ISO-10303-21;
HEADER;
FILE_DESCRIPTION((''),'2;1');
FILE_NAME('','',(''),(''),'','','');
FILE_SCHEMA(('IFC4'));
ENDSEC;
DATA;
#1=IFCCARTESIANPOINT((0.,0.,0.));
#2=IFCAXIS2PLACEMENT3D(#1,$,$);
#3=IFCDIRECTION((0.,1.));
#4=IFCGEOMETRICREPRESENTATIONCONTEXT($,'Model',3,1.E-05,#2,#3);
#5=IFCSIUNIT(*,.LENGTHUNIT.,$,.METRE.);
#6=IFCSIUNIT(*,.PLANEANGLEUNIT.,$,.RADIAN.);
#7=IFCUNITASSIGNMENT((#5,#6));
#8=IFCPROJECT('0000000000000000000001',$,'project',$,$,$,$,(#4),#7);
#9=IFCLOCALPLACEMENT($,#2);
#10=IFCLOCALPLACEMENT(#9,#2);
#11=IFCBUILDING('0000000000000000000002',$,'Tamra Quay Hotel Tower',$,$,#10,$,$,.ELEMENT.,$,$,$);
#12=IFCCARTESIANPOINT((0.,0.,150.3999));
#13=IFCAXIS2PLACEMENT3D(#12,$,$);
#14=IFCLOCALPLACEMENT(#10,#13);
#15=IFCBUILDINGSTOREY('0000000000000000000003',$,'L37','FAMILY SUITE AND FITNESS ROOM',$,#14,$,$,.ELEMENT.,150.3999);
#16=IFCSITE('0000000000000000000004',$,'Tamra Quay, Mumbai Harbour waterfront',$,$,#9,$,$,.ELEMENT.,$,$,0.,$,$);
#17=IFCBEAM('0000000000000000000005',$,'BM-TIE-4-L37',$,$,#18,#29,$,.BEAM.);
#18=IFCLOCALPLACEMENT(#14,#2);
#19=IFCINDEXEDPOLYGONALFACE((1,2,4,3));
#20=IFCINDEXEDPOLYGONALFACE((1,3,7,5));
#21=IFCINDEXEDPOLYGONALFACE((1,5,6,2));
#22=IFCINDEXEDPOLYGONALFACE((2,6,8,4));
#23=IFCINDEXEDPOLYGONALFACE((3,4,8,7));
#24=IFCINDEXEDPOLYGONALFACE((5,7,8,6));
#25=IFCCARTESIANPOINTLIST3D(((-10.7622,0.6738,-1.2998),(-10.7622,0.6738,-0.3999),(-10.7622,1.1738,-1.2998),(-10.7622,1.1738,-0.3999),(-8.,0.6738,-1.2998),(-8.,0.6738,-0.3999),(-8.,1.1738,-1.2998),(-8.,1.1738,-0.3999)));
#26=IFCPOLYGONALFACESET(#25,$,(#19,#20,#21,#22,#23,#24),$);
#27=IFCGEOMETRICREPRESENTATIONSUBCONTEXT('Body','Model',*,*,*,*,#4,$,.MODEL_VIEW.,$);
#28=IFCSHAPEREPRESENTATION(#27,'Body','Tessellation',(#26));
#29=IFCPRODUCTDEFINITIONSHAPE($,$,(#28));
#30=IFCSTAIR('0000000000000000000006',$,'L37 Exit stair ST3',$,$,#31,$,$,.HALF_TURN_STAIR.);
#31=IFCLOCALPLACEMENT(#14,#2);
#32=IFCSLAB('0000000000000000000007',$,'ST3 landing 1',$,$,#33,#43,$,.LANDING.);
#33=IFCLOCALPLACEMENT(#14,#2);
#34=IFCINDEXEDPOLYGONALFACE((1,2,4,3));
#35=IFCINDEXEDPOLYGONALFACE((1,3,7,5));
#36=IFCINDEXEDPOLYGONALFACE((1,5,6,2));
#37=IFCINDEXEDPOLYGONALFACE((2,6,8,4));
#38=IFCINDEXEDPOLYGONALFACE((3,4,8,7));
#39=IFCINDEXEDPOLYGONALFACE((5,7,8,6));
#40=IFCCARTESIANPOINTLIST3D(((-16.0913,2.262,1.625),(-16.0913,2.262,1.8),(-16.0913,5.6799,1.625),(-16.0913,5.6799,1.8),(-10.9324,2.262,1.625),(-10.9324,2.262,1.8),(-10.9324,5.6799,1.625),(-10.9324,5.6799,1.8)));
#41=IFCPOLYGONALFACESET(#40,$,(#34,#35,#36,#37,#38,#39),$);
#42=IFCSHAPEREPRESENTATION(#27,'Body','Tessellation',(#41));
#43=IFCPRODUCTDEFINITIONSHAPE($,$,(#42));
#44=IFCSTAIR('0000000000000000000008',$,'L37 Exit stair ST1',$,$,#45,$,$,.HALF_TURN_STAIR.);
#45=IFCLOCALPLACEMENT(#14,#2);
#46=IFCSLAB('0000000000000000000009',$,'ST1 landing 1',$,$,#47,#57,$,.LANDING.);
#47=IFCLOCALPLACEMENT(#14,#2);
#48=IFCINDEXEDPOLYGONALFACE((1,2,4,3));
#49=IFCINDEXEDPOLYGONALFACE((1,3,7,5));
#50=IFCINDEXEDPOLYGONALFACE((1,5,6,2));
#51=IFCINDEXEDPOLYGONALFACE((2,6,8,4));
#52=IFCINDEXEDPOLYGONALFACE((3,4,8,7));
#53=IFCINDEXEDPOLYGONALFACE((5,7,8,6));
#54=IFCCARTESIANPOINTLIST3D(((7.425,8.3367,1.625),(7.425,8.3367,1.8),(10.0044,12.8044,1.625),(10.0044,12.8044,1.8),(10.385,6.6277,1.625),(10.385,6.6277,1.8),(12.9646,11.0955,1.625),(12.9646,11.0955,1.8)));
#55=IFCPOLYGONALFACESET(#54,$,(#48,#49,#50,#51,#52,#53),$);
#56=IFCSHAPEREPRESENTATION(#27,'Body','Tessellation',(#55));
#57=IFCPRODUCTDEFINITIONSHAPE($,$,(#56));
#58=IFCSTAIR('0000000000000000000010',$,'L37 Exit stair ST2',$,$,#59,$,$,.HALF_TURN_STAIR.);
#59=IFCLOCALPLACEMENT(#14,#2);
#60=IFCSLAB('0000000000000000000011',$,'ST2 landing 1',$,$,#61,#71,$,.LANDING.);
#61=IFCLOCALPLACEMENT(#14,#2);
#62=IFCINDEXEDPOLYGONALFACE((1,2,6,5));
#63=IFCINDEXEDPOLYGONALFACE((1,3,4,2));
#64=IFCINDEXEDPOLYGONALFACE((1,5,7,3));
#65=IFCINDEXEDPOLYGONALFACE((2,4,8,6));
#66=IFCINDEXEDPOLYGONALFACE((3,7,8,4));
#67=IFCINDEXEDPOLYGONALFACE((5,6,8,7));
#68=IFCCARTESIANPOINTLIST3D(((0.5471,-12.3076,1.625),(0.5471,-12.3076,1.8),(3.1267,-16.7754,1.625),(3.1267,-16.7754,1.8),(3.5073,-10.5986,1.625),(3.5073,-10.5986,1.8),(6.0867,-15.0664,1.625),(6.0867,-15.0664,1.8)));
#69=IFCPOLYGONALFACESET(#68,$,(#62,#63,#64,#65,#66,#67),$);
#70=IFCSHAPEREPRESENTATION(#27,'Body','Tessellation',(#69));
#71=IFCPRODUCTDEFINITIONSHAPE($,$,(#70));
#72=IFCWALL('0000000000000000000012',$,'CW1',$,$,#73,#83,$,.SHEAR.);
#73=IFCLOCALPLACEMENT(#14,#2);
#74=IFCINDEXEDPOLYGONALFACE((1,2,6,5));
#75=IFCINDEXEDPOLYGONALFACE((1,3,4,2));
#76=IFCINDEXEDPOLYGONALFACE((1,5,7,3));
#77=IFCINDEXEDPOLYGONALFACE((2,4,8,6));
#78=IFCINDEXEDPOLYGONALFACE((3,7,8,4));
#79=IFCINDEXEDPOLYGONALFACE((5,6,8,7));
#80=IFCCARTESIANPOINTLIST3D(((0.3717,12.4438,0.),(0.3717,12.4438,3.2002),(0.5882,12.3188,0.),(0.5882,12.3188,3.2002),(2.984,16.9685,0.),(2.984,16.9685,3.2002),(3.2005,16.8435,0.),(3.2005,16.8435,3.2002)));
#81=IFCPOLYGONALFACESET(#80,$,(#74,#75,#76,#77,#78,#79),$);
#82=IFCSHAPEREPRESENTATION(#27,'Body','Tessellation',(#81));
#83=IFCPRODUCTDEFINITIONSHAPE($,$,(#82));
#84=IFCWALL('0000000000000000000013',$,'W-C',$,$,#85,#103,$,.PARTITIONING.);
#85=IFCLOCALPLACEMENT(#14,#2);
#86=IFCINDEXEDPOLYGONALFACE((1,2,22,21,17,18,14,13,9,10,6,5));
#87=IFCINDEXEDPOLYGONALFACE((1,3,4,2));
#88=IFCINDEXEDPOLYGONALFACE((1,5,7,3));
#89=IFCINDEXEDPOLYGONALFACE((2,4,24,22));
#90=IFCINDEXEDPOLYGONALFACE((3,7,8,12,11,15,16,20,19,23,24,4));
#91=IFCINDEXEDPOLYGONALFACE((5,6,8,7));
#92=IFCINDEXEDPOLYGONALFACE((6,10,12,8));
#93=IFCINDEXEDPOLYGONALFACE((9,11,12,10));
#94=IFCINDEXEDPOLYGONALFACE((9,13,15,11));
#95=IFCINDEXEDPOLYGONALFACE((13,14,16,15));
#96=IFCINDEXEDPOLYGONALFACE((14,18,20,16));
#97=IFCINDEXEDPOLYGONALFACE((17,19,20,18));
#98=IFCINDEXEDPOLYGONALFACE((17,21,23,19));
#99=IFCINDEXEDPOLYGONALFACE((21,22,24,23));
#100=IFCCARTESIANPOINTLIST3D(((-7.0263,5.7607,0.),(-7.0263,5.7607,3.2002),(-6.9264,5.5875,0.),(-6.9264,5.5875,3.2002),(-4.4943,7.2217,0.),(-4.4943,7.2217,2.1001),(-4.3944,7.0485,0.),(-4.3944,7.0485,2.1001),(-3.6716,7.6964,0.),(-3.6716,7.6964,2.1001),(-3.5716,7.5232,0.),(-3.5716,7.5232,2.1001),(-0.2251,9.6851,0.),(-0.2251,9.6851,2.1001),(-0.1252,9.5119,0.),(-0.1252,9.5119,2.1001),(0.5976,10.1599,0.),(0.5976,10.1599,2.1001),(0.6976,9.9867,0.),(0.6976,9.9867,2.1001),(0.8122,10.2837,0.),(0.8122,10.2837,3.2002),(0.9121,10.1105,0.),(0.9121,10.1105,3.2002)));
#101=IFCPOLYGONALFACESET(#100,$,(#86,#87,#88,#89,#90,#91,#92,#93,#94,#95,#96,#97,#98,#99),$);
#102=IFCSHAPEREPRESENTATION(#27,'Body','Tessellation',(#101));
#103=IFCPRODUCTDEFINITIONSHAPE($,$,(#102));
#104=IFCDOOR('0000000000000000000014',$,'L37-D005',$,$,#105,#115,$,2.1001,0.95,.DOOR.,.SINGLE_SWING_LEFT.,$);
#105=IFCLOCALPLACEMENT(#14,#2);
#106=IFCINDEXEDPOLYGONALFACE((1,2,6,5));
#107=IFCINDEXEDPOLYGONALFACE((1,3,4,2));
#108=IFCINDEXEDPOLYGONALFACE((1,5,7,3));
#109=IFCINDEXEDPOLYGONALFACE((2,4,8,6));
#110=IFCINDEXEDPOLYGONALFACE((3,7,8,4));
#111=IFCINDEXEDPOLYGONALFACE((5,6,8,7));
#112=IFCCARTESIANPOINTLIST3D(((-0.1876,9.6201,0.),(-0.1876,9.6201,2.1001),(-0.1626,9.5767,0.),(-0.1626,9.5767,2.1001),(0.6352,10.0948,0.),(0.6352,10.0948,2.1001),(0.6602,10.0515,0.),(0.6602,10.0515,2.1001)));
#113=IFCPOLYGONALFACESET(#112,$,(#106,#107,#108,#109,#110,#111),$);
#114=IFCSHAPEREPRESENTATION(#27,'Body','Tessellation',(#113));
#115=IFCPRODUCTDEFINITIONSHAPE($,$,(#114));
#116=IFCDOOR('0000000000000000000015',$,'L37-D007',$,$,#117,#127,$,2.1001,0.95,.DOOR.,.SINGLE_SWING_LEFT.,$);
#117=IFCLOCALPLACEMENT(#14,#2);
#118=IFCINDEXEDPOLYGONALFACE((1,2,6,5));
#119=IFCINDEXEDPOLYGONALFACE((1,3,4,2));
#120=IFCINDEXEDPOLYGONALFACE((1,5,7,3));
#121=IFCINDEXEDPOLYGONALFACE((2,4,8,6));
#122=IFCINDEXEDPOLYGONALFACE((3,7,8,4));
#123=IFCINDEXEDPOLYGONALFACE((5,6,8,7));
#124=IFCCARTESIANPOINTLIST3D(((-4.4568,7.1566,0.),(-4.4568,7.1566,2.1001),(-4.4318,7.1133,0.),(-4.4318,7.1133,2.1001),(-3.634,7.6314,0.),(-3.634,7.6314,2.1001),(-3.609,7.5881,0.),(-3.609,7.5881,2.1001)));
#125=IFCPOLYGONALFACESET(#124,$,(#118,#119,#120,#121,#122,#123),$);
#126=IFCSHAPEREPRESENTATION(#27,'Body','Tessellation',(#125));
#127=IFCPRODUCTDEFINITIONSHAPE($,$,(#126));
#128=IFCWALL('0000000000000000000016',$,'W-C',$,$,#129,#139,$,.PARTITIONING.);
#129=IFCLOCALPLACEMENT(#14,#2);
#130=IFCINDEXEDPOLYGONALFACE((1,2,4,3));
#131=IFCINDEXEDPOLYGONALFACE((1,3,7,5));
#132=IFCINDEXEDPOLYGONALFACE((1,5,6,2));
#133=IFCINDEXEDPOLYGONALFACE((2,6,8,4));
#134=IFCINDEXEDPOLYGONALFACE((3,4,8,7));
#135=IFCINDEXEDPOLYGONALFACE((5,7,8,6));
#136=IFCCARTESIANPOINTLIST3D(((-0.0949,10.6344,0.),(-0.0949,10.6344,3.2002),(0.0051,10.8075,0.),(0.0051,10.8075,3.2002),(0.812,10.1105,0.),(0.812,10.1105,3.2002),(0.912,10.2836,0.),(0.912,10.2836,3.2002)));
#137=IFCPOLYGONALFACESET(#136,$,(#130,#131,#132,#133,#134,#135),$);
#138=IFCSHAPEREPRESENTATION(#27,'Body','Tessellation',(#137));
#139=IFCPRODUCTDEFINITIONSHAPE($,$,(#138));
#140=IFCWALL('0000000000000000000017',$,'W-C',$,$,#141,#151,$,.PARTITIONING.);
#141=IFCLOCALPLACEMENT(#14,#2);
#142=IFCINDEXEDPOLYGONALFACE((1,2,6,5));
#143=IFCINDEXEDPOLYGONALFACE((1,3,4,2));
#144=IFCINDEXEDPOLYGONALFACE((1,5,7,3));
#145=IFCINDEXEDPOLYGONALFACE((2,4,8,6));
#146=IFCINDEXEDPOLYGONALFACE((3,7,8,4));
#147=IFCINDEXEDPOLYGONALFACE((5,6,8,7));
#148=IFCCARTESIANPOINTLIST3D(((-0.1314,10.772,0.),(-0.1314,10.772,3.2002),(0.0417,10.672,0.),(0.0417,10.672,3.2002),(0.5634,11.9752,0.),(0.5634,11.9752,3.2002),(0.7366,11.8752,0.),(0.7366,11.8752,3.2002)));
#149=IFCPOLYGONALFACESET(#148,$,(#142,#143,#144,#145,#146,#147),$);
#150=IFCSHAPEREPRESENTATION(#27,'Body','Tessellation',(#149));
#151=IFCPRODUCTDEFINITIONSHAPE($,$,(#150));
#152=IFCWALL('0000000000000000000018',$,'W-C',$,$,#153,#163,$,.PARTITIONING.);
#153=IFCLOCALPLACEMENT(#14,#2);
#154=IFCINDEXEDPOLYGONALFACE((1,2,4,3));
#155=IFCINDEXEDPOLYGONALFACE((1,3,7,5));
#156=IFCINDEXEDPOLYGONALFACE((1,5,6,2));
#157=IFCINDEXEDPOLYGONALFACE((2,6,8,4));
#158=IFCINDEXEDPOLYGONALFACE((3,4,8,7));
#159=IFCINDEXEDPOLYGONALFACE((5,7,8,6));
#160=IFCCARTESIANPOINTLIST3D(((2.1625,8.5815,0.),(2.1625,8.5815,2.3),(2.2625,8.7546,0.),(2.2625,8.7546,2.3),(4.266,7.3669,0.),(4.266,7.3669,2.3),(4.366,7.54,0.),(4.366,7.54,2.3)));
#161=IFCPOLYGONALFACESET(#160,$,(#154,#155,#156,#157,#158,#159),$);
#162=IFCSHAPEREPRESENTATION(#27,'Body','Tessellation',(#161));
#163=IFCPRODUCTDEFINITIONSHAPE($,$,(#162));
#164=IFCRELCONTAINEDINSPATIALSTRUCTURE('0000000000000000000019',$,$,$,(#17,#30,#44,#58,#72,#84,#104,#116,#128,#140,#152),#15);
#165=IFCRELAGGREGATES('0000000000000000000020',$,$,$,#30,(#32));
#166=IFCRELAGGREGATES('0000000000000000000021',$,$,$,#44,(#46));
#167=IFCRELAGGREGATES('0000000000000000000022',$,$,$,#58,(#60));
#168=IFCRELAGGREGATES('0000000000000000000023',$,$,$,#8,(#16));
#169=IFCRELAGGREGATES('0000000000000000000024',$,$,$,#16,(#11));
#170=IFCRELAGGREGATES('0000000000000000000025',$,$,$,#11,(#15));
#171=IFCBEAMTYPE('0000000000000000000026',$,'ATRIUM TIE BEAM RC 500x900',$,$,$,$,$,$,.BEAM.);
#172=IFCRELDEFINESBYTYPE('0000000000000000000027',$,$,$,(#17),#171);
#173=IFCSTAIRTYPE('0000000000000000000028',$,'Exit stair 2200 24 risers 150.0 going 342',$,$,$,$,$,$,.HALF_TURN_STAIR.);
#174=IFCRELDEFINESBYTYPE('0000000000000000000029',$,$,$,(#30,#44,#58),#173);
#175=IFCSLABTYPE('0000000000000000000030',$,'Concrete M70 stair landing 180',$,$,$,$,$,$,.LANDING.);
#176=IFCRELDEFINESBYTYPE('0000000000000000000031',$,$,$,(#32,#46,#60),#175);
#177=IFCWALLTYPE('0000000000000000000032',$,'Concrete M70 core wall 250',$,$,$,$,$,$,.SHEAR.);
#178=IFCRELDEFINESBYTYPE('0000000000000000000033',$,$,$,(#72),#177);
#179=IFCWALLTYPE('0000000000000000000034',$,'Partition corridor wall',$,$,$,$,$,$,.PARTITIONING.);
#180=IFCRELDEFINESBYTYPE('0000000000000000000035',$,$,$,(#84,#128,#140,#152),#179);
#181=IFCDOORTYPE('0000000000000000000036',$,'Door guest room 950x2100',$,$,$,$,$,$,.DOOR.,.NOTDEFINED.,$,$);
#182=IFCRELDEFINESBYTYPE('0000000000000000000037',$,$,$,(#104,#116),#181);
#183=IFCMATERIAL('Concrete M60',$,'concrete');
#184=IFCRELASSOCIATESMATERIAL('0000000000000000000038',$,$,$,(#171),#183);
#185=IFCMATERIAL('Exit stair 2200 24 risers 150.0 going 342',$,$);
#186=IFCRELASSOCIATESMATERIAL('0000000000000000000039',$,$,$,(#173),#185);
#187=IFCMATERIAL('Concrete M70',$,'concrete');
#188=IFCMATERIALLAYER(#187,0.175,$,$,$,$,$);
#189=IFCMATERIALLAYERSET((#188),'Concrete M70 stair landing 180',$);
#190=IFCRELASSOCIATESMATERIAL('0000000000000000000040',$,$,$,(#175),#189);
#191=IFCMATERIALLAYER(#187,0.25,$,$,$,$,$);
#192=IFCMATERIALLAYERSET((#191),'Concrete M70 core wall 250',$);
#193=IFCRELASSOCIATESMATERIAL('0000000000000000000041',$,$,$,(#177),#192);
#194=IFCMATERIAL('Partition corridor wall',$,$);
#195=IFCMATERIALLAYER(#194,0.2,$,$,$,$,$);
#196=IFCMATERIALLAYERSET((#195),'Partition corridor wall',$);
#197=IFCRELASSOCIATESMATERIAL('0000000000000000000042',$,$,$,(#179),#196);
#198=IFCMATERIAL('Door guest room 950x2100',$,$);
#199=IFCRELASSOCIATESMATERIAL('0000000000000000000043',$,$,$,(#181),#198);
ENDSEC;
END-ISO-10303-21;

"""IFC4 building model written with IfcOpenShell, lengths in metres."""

from ifc_helpers import new_model, si_unit, direction, frame, frame_2d, origin, origin_2d, place, context, subcontext, project, spatial, polyline, rectangle, outline, extrude, material, layer, layer_set, material_profile, profile_set, type_object, element, fill, aggregate, save


model = new_model("IFC4")

# Units and contexts
model_context = context("Model", 3, precision=1e-05, world=origin(), true_north=direction((0.0, 1.0)))
body_context = subcontext(model_context, "Body", "Model", "MODEL_VIEW")
ifc_project = project(units=[si_unit("LENGTHUNIT", "METRE"), si_unit("PLANEANGLEUNIT", "RADIAN")], contexts=[model_context])

# Site, building, storey
site_placement = place(None, origin())
site = spatial("IfcSite", under=ifc_project, at=site_placement, Name="Tamra Quay, Mumbai Harbour waterfront", CompositionType="ELEMENT", RefElevation=0.0)
building_placement = place(site_placement, origin())
building = spatial("IfcBuilding", under=site, at=building_placement, Name="Tamra Quay Hotel Tower", CompositionType="ELEMENT")
storey_placement = place(building_placement, frame((0.0, 0.0, 150.3999)))
storey = spatial("IfcBuildingStorey", under=building, at=storey_placement, Name="L37", Description="FAMILY SUITE AND FITNESS ROOM", CompositionType="ELEMENT", Elevation=150.3999)

# Beam
ifc_material_1 = material(Name="Concrete M60", Category="concrete")
ifc_material_profile = material_profile(ifc_material_1, rectangle(XDim=0.5, YDim=0.8999, at=origin_2d()), Name="ATRIUM TIE BEAM RC 500x900")
ifc_profile_set = profile_set([ifc_material_profile], Name="Concrete M60")
beam_type = type_object("IfcBeamType", Name="ATRIUM TIE BEAM RC 500x900", PredefinedType="BEAM", material=ifc_profile_set)
beam_placement = place(storey_placement, frame((-8.0, 0.9238, -0.8499), z_axis=(-1.0, 0.0, 0.0), x_axis=(0.0, -1.0, 0.0)))
element("IfcBeam", 1, at=beam_placement, inside=storey, type_object=beam_type, Name="BM-TIE-4-L37", PredefinedType="BEAM", context=body_context, shape_type="SweptSolid", body=[
    extrude(rectangle(XDim=0.5, YDim=0.8999, at=origin_2d()), origin(), (0.0, 0.0, 1.0), 2.7622),
])

# Stairs, slabs
ifc_material_2 = material(Name="Exit stair 2200 24 risers 150.0 going 342")
stair_type = type_object("IfcStairType", Name="Exit stair 2200 24 risers 150.0 going 342", PredefinedType="HALF_TURN_STAIR", material=ifc_material_2)
stair_1_placement = place(storey_placement, origin())
stair_1 = element("IfcStair", 2, at=stair_1_placement, inside=storey, type_object=stair_type, Name="L37 Exit stair ST3", PredefinedType="HALF_TURN_STAIR")
ifc_material_3 = material(Name="Concrete M70", Category="concrete")
ifc_layer_1 = layer(ifc_material_3, 0.175)
ifc_layer_set_1 = layer_set([ifc_layer_1], Name="Concrete M70 stair landing 180")
slab_type = type_object("IfcSlabType", Name="Concrete M70 stair landing 180", PredefinedType="LANDING", material=ifc_layer_set_1)
slab_1_placement = place(storey_placement, frame((0.0, 0.0, 1.625)))
slab_1 = element("IfcSlab", 3, at=slab_1_placement, type_object=slab_type, Name="ST3 landing 1", PredefinedType="LANDING", context=body_context, shape_type="SweptSolid", body=[
    extrude(outline(polyline([(-10.9324, 2.262), (-10.9324, 5.6799), (-16.0913, 5.6799), (-16.0913, 2.262), (-10.9324, 2.262)])), origin(), (0.0, 0.0, 1.0), 0.175),
])
aggregate(stair_1, [slab_1])
stair_2_placement = place(storey_placement, origin())
stair_2 = element("IfcStair", 4, at=stair_2_placement, inside=storey, type_object=stair_type, Name="L37 Exit stair ST1", PredefinedType="HALF_TURN_STAIR")
slab_2_placement = place(storey_placement, frame((0.0, 0.0, 1.625)))
slab_2 = element("IfcSlab", 5, at=slab_2_placement, type_object=slab_type, Name="ST1 landing 1", PredefinedType="LANDING", context=body_context, shape_type="SweptSolid", body=[
    extrude(outline(polyline([(7.425, 8.3367), (10.385, 6.6277), (12.9646, 11.0955), (10.0044, 12.8044), (7.425, 8.3367)])), origin(), (0.0, 0.0, 1.0), 0.175),
])
aggregate(stair_2, [slab_2])
stair_3_placement = place(storey_placement, origin())
stair_3 = element("IfcStair", 6, at=stair_3_placement, inside=storey, type_object=stair_type, Name="L37 Exit stair ST2", PredefinedType="HALF_TURN_STAIR")
slab_3_placement = place(storey_placement, frame((0.0, 0.0, 1.625)))
slab_3 = element("IfcSlab", 7, at=slab_3_placement, type_object=slab_type, Name="ST2 landing 1", PredefinedType="LANDING", context=body_context, shape_type="SweptSolid", body=[
    extrude(outline(polyline([(3.5073, -10.5986), (0.5471, -12.3076), (3.1267, -16.7754), (6.0867, -15.0664), (3.5073, -10.5986)])), origin(), (0.0, 0.0, 1.0), 0.175),
])
aggregate(stair_3, [slab_3])

# Wall
ifc_layer_2 = layer(ifc_material_3, 0.25)
ifc_layer_set_2 = layer_set([ifc_layer_2], Name="Concrete M70 core wall 250")
wall_type_1 = type_object("IfcWallType", Name="Concrete M70 core wall 250", PredefinedType="SHEAR", material=ifc_layer_set_2)
wall_1_placement = place(storey_placement, frame((0.48, 12.3813, 0.0), z_axis=(0.0, 0.0, 1.0), x_axis=(0.499999, 0.866026, 0.0)))
element("IfcWall", 8, at=wall_1_placement, inside=storey, type_object=wall_type_1, Name="CW1", PredefinedType="SHEAR", context=body_context, shape_type="SweptSolid", body=[
    extrude(rectangle(XDim=5.2246, YDim=0.25, at=frame_2d((2.6123, 0.0))), origin(), (0.0, 0.0, 1.0), 3.2002),
])

# Wall, openings, doors
ifc_material_4 = material(Name="Partition corridor wall")
ifc_layer_3 = layer(ifc_material_4, 0.2)
ifc_layer_set_3 = layer_set([ifc_layer_3], Name="Partition corridor wall")
wall_type_2 = type_object("IfcWallType", Name="Partition corridor wall", PredefinedType="PARTITIONING", material=ifc_layer_set_3)
wall_2_placement = place(storey_placement, frame((-6.9763, 5.6741, 0.0), z_axis=(0.0, 0.0, 1.0), x_axis=(0.866147, 0.499789, 0.0)))
wall_2 = element("IfcWall", 9, at=wall_2_placement, inside=storey, type_object=wall_type_2, Name="W-C", PredefinedType="PARTITIONING", context=body_context, shape_type="SweptSolid", body=[
    extrude(rectangle(XDim=9.0498, YDim=0.2, at=frame_2d((4.5249, 0.0))), origin(), (0.0, 0.0, 1.0), 3.2002),
])
opening_1_placement = place(wall_2_placement, frame((7.8521, 0.0, 0.0)))
opening_1 = element("IfcOpeningElement", 10, at=opening_1_placement, cuts=wall_2, PredefinedType="OPENING", context=body_context, shape_type="SweptSolid", body=[
    extrude(rectangle(XDim=0.95, YDim=2.1001, at=frame_2d((0.4751, 1.05))), frame((0.0, 0.1099, 0.0), z_axis=(0.0, -1.0, 0.0), x_axis=(1.0, 0.0, 0.0)), (0.0, 0.0, 1.0), 0.22),
])
opening_2_placement = place(wall_2_placement, frame((2.9231, 0.0, 0.0)))
opening_2 = element("IfcOpeningElement", 11, at=opening_2_placement, cuts=wall_2, PredefinedType="OPENING", context=body_context, shape_type="SweptSolid", body=[
    extrude(rectangle(XDim=0.95, YDim=2.1001, at=frame_2d((0.4751, 1.05))), frame((0.0, 0.1099, 0.0), z_axis=(0.0, -1.0, 0.0), x_axis=(1.0, 0.0, 0.0)), (0.0, 0.0, 1.0), 0.22),
])
ifc_material_5 = material(Name="Door guest room 950x2100")
door_type_1 = type_object("IfcDoorType", Name="Door guest room 950x2100", OperationType="NOTDEFINED", PredefinedType="DOOR", material=ifc_material_5)
door_1_placement = place(opening_1_placement, origin())
door_1 = element("IfcDoor", 12, at=door_1_placement, inside=storey, type_object=door_type_1, Name="L37-D005", OperationType="SINGLE_SWING_LEFT", OverallHeight=2.1001, OverallWidth=0.95, PredefinedType="DOOR", context=body_context, shape_type="SweptSolid", body=[
    extrude(rectangle(XDim=0.95, YDim=2.1001, at=frame_2d((0.4751, 1.05))), frame((0.0, 0.0249, 0.0), z_axis=(0.0, -1.0, 0.0), x_axis=(1.0, 0.0, 0.0)), (0.0, 0.0, 1.0), 0.05),
])
fill(opening_1, door_1)
door_2_placement = place(opening_2_placement, origin())
door_2 = element("IfcDoor", 13, at=door_2_placement, inside=storey, type_object=door_type_1, Name="L37-D007", OperationType="SINGLE_SWING_LEFT", OverallHeight=2.1001, OverallWidth=0.95, PredefinedType="DOOR", context=body_context, shape_type="SweptSolid", body=[
    extrude(rectangle(XDim=0.95, YDim=2.1001, at=frame_2d((0.4751, 1.05))), frame((0.0, 0.0249, 0.0), z_axis=(0.0, -1.0, 0.0), x_axis=(1.0, 0.0, 0.0)), (0.0, 0.0, 1.0), 0.05),
])
fill(opening_2, door_2)

# Walls
wall_3_placement = place(storey_placement, frame((-0.0449, 10.7209, 0.0), z_axis=(0.0, 0.0, 1.0), x_axis=(0.86591, -0.5002, 0.0)))
element("IfcWall", 14, at=wall_3_placement, inside=storey, type_object=wall_type_2, Name="W-C", PredefinedType="PARTITIONING", context=body_context, shape_type="SweptSolid", body=[
    extrude(rectangle(XDim=1.0474, YDim=0.2, at=frame_2d((0.5237, 0.0))), origin(), (0.0, 0.0, 1.0), 3.2002),
])
wall_4_placement = place(storey_placement, frame((-0.0449, 10.7219, 0.0), z_axis=(0.0, 0.0, 1.0), x_axis=(0.500108, 0.865963, 0.0)))
element("IfcWall", 15, at=wall_4_placement, inside=storey, type_object=wall_type_2, Name="W-C", PredefinedType="PARTITIONING", context=body_context, shape_type="SweptSolid", body=[
    extrude(rectangle(XDim=1.3894, YDim=0.2, at=frame_2d((0.6948, 0.0))), origin(), (0.0, 0.0, 1.0), 3.2002),
])
wall_5_placement = place(storey_placement, frame((2.2126, 8.668, 0.0), z_axis=(0.0, 0.0, 1.0), x_axis=(0.866001, -0.500041, 0.0)))
element("IfcWall", 16, at=wall_5_placement, inside=storey, type_object=wall_type_2, Name="W-C", PredefinedType="PARTITIONING", context=body_context, shape_type="SweptSolid", body=[
    extrude(rectangle(XDim=2.429, YDim=0.2, at=frame_2d((1.2144, 0.0))), origin(), (0.0, 0.0, 1.0), 2.3),
])

save(model, "model.ifc")
